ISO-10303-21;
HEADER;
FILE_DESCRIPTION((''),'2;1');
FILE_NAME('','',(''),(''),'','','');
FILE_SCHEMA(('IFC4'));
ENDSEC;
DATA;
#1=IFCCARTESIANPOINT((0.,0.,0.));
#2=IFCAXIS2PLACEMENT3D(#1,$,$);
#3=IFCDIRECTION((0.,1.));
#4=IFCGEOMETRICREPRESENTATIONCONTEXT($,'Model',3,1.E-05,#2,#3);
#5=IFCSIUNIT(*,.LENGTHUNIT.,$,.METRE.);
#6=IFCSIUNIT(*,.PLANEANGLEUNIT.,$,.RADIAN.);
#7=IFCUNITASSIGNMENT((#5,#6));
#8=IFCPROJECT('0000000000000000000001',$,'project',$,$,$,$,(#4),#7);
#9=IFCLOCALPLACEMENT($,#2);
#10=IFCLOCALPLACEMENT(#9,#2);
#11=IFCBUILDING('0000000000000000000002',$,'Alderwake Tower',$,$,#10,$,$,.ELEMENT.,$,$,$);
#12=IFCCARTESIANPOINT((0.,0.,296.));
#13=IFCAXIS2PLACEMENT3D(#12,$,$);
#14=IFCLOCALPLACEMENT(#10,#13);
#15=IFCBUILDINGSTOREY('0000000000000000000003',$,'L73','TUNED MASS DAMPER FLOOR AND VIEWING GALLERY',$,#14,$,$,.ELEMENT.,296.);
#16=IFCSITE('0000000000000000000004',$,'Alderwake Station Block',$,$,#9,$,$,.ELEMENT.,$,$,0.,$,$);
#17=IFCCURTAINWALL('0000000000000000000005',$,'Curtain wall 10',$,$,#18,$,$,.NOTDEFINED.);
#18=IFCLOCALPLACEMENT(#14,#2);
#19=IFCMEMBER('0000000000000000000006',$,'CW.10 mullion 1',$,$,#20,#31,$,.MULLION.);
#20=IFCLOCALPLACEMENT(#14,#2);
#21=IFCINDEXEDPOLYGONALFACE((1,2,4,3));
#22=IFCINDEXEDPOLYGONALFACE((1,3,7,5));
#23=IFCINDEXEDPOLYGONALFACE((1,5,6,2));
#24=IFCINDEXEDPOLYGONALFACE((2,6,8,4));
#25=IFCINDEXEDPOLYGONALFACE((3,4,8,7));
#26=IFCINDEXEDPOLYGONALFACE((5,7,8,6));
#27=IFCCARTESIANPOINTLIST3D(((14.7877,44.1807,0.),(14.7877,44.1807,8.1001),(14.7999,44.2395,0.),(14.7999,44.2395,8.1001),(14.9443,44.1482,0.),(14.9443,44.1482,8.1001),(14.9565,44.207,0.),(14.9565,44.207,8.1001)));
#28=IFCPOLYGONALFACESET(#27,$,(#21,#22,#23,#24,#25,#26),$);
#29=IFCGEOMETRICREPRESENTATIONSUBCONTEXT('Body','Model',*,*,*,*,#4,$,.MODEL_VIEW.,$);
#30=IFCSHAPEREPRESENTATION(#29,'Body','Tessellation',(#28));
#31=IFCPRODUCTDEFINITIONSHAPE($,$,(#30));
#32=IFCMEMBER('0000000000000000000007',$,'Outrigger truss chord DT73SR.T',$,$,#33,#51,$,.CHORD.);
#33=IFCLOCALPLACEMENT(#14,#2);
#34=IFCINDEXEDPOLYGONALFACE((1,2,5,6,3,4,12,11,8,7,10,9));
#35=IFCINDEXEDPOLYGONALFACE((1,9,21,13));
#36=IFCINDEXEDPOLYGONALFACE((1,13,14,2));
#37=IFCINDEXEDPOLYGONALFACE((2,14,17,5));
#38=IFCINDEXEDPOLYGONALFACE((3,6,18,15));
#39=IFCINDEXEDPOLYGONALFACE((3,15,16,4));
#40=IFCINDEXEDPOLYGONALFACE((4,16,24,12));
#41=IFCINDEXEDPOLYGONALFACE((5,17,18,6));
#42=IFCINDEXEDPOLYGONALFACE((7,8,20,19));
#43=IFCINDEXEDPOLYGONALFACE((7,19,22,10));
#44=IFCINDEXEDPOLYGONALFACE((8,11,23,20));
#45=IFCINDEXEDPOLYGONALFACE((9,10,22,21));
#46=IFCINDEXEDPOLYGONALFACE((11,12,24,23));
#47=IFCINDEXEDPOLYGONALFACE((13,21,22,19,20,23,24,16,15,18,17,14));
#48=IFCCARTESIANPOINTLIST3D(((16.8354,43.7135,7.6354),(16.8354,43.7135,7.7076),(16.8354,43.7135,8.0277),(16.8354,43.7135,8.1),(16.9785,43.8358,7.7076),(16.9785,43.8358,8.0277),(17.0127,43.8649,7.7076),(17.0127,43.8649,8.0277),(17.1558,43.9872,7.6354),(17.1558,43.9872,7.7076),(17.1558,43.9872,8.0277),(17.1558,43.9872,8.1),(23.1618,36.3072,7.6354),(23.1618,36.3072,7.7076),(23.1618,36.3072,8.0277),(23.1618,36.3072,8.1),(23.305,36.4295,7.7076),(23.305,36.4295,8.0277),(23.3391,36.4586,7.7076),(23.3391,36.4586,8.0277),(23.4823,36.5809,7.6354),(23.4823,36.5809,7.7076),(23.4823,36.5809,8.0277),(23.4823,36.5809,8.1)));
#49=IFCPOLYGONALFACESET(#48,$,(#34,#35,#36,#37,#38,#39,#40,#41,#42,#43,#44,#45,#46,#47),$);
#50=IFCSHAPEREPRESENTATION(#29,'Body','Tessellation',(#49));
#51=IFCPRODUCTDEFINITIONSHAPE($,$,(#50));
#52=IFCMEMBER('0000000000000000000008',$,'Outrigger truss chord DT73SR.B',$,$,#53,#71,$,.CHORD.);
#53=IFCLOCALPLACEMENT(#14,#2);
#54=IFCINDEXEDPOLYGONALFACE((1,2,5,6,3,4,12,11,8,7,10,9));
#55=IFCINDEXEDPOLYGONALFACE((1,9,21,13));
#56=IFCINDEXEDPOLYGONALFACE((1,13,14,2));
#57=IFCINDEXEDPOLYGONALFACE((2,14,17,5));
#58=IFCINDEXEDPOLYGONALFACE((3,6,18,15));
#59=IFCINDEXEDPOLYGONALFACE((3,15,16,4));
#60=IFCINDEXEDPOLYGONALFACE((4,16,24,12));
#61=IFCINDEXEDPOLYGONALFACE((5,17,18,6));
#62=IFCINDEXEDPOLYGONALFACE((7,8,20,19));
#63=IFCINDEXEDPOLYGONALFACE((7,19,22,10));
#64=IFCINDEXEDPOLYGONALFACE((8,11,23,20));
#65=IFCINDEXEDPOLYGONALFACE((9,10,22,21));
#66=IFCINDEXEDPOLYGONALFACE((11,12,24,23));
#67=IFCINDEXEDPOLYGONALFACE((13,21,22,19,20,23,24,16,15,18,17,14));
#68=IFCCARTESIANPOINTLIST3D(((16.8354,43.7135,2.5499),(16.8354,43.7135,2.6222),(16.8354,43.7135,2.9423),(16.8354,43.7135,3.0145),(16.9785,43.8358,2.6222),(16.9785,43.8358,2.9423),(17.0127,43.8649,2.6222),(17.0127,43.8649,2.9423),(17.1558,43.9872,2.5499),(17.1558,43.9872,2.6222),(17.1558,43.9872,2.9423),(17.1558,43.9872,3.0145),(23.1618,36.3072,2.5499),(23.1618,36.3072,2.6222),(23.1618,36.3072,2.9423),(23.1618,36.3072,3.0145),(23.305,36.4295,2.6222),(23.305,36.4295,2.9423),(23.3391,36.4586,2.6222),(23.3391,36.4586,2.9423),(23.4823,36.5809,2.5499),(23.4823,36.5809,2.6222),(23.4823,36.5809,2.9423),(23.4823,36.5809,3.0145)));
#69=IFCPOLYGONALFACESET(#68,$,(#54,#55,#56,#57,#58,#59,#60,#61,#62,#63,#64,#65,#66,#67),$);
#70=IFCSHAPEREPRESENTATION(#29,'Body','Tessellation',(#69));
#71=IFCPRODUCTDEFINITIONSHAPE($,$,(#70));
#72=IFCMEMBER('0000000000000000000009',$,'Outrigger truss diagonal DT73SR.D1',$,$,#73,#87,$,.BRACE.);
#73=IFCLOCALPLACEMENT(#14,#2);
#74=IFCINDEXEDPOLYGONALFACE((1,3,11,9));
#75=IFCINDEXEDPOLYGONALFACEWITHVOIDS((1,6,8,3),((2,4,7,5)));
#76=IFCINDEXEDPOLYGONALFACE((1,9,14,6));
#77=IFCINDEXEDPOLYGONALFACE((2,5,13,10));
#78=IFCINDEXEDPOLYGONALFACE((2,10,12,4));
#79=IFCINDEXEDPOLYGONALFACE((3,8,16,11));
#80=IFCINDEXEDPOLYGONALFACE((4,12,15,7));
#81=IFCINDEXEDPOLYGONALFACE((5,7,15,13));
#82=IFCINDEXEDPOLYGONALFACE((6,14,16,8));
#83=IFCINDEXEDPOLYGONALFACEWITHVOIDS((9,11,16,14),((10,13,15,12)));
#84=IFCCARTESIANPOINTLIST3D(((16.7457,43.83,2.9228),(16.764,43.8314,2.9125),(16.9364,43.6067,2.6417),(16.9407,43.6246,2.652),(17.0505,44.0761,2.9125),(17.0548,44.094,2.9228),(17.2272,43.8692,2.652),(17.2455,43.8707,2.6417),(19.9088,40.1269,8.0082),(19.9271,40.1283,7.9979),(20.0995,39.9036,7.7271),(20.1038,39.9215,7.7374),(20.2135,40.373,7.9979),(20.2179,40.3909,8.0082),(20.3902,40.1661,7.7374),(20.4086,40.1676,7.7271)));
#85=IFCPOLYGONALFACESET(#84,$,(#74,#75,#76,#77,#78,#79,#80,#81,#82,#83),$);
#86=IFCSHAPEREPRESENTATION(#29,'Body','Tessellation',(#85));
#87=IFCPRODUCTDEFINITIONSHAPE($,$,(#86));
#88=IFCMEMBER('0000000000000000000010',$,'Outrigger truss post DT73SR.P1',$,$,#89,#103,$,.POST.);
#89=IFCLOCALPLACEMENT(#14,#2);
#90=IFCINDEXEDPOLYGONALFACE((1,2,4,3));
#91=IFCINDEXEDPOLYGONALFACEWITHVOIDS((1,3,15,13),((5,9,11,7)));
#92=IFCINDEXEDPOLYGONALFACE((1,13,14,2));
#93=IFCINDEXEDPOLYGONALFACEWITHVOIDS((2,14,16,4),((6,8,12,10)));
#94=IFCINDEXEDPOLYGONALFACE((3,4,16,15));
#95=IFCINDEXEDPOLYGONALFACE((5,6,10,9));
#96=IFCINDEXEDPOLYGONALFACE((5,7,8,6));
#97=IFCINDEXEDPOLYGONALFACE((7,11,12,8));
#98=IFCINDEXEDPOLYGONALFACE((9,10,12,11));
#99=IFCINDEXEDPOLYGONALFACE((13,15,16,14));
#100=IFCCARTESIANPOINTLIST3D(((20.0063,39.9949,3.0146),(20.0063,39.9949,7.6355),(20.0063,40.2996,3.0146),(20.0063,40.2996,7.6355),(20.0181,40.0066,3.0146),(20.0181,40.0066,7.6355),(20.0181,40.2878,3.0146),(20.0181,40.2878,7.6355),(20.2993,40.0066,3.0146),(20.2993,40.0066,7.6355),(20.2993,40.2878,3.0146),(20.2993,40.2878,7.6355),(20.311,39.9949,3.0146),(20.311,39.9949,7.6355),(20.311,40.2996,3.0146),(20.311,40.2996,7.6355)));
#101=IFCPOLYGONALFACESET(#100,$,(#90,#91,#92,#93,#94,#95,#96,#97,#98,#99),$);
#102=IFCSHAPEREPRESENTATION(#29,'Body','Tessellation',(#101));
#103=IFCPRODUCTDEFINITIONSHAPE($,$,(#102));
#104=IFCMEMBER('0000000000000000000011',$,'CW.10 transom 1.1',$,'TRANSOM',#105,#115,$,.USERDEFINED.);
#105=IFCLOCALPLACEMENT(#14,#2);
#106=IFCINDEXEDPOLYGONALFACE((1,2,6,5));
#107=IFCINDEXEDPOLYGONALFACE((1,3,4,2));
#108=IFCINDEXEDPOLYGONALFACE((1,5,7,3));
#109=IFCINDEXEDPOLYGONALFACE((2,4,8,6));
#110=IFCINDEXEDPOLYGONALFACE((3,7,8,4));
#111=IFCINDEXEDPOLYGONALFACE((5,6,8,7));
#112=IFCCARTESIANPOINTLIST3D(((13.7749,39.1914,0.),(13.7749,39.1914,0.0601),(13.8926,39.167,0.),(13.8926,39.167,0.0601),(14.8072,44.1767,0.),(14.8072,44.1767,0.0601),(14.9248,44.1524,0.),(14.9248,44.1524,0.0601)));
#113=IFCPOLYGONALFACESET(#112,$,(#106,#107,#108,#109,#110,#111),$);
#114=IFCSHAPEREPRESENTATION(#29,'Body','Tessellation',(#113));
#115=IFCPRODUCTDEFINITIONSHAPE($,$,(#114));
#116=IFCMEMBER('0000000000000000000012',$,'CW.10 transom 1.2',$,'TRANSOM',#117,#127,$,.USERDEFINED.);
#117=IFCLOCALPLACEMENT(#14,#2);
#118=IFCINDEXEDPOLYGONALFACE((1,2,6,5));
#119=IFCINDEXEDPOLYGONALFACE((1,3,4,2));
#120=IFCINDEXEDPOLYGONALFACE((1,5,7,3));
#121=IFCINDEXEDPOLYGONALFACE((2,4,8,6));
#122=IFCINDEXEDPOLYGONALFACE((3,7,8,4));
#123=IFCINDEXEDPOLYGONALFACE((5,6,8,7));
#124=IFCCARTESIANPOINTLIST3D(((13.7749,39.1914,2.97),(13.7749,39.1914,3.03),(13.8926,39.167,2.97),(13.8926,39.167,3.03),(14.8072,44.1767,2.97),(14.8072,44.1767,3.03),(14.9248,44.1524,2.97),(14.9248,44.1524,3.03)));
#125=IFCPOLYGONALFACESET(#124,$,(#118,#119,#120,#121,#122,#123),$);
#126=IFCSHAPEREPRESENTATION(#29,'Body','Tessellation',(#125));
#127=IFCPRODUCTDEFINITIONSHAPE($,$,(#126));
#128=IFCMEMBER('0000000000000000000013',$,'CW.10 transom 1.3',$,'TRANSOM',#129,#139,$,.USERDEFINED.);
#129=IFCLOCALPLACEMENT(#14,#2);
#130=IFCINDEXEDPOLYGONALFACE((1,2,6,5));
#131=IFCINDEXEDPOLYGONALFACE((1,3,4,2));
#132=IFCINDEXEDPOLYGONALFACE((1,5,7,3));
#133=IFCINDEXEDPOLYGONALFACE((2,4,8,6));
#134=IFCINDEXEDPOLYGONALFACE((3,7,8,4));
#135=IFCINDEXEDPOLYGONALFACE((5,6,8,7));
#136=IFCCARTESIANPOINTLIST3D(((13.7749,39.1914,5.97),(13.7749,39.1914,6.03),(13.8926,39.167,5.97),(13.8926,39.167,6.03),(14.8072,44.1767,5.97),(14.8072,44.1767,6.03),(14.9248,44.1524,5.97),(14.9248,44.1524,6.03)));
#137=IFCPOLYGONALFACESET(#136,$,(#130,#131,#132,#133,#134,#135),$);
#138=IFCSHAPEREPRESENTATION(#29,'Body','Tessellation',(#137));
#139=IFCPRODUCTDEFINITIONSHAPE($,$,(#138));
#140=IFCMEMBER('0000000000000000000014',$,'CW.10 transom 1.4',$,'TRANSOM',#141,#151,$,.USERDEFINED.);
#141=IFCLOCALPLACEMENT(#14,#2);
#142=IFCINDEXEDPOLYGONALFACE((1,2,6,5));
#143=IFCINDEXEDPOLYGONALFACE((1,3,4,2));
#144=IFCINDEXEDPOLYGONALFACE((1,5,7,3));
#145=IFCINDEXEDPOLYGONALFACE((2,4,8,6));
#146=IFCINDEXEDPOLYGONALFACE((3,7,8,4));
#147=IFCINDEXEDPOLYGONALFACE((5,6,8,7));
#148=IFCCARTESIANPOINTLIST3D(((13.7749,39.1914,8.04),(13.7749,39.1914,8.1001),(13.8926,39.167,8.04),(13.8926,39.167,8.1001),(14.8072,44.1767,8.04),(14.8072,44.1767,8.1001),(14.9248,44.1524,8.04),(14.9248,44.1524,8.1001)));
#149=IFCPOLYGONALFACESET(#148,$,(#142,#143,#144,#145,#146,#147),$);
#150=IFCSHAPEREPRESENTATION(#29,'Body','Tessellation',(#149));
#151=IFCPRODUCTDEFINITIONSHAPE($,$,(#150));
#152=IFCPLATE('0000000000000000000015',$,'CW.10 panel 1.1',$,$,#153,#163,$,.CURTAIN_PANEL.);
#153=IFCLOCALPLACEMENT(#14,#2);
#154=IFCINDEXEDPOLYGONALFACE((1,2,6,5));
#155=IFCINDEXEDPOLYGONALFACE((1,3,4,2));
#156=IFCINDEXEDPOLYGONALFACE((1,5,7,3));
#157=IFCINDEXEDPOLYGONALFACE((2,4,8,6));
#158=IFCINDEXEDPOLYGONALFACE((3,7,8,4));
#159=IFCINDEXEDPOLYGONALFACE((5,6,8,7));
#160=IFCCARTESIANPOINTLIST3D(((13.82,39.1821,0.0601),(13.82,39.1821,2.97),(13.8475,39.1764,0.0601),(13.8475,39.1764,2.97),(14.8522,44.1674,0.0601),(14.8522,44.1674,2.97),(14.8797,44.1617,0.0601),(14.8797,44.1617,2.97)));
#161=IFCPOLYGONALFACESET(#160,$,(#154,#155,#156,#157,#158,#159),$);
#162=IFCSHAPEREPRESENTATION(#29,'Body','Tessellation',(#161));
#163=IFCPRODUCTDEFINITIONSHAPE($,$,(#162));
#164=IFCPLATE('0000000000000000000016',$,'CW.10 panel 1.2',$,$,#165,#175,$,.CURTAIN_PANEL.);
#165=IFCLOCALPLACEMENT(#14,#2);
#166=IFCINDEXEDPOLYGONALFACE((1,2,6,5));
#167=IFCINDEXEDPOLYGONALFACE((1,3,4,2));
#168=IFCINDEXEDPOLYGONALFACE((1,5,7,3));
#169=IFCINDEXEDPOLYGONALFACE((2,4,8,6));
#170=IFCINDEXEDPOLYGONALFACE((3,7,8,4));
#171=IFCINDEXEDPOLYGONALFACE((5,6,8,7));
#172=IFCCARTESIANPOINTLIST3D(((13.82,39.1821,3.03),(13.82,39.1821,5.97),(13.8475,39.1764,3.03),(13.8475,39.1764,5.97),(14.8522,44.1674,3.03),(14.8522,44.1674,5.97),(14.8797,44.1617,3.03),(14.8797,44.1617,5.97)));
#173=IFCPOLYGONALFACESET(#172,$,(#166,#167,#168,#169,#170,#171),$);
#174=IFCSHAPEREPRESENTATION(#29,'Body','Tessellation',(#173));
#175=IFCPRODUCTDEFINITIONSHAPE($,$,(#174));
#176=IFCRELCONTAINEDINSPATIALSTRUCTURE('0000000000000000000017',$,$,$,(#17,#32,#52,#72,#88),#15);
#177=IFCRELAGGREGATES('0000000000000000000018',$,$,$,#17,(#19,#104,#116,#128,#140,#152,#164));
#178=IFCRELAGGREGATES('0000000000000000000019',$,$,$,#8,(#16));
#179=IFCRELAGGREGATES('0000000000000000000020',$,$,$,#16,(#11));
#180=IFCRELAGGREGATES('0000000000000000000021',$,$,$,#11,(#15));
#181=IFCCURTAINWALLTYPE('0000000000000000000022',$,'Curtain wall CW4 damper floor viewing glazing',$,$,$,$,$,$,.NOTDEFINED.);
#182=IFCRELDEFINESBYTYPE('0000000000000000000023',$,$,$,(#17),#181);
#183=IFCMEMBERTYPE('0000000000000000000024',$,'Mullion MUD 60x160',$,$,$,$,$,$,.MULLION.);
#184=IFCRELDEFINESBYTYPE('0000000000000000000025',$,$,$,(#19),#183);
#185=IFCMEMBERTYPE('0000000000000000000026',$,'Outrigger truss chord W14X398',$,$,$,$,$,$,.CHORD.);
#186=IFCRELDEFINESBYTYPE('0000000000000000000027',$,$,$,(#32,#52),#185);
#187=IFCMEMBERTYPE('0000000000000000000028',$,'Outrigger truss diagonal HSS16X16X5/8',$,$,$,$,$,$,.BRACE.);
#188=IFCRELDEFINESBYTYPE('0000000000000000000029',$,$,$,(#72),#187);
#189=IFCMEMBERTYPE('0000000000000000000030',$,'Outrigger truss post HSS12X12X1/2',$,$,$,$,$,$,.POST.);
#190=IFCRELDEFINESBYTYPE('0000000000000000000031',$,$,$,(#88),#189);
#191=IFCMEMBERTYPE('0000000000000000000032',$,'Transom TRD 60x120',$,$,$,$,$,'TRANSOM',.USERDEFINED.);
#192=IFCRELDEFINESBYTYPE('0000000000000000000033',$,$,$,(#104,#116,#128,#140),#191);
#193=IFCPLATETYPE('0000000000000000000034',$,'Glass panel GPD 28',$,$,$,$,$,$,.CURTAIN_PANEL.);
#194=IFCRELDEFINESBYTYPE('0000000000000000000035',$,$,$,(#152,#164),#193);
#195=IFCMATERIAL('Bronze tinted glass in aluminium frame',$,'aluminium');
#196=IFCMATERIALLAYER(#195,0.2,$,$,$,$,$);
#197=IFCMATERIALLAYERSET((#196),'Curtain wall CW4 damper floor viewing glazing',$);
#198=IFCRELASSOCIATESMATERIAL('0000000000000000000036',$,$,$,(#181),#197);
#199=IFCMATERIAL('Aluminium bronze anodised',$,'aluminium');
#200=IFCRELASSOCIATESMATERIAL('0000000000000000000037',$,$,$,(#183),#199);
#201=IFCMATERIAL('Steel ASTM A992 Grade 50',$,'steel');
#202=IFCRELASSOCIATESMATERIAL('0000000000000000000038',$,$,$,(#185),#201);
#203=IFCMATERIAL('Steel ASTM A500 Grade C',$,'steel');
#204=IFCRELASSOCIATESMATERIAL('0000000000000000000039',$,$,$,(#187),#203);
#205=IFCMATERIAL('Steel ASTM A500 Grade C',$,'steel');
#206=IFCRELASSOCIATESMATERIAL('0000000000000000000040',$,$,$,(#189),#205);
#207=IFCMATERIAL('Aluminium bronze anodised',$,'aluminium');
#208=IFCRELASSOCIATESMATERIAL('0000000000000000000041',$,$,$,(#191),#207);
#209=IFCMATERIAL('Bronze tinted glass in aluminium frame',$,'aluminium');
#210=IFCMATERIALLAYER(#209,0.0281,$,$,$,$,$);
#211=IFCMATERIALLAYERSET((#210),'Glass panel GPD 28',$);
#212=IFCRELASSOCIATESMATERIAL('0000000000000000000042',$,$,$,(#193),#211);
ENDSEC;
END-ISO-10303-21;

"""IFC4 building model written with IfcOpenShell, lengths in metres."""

from ifc_helpers import new_model, si_unit, direction, frame, origin, origin_2d, place, context, subcontext, project, spatial, rectangle, hollow_rectangle, i_section, extrude, material, layer, layer_set, material_profile, profile_set, type_object, element, aggregate, save


model = new_model("IFC4")

# Units and contexts
model_context = context("Model", 3, precision=1e-05, world=origin(), true_north=direction((0.0, 1.0)))
body_context = subcontext(model_context, "Body", "Model", "MODEL_VIEW")
ifc_project = project(units=[si_unit("LENGTHUNIT", "METRE"), si_unit("PLANEANGLEUNIT", "RADIAN")], contexts=[model_context])

# Site, building, storey
site_placement = place(None, origin())
site = spatial("IfcSite", under=ifc_project, at=site_placement, Name="Alderwake Station Block", CompositionType="ELEMENT", RefElevation=0.0)
building_placement = place(site_placement, origin())
building = spatial("IfcBuilding", under=site, at=building_placement, Name="Alderwake Tower", CompositionType="ELEMENT")
storey_placement = place(building_placement, frame((0.0, 0.0, 296.0)))
storey = spatial("IfcBuildingStorey", under=building, at=storey_placement, Name="L73", Description="TUNED MASS DAMPER FLOOR AND VIEWING GALLERY", CompositionType="ELEMENT", Elevation=296.0)

# Curtain wall, member
ifc_material_1 = material(Name="Bronze tinted glass in aluminium frame", Category="aluminium")
ifc_layer_1 = layer(ifc_material_1, 0.2)
ifc_layer_set_1 = layer_set([ifc_layer_1], Name="Curtain wall CW4 damper floor viewing glazing")
curtain_wall_type = type_object("IfcCurtainWallType", Name="Curtain wall CW4 damper floor viewing glazing", PredefinedType="NOTDEFINED", material=ifc_layer_set_1)
curtain_wall_placement = place(storey_placement, origin())
curtain_wall = element("IfcCurtainWall", 1, at=curtain_wall_placement, inside=storey, type_object=curtain_wall_type, Name="Curtain wall 10", PredefinedType="NOTDEFINED")
ifc_material_2 = material(Name="Aluminium bronze anodised", Category="aluminium")
ifc_material_profile_1 = material_profile(ifc_material_2, rectangle(XDim=0.1599, YDim=0.0601, at=origin_2d()), Name="Mullion MUD 60x160")
ifc_profile_set_1 = profile_set([ifc_material_profile_1], Name="Aluminium bronze anodised")
member_type_1 = type_object("IfcMemberType", Name="Mullion MUD 60x160", PredefinedType="MULLION", material=ifc_profile_set_1)
member_1_placement = place(storey_placement, frame((14.8721, 44.1938, 0.0), z_axis=(0.0, 0.0, 1.0), x_axis=(0.979229, -0.202758, 0.0)))
member_1 = element("IfcMember", 2, at=member_1_placement, type_object=member_type_1, Name="CW.10 mullion 1", PredefinedType="MULLION", context=body_context, shape_type="SweptSolid", body=[
    extrude(rectangle(XDim=0.1599, YDim=0.0601, at=origin_2d()), origin(), (0.0, 0.0, 1.0), 8.1001),
])

# Members
ifc_material_3 = material(Name="Steel ASTM A992 Grade 50", Category="steel")
ifc_material_profile_2 = material_profile(ifc_material_3, i_section(OverallWidth=0.4214, OverallDepth=0.4646, WebThickness=0.0449, FlangeThickness=0.0723, at=origin_2d()), Name="W14X398")
ifc_profile_set_2 = profile_set([ifc_material_profile_2], Name="Steel ASTM A992 Grade 50")
member_type_2 = type_object("IfcMemberType", Name="Outrigger truss chord W14X398", PredefinedType="CHORD", material=ifc_profile_set_2)
for number, where, z_axis, x_axis, name in (
    (3, (16.9956, 43.8503, 7.8677), (0.6495, -0.760361, 0.0), (0.760361, 0.6495, 0.0), "Outrigger truss chord DT73SR.T"),
    (4, (16.9956, 43.8503, 2.7822), (0.6495, -0.760361, 0.0), (0.760361, 0.6495, 0.0), "Outrigger truss chord DT73SR.B"),
):
    element("IfcMember", number, at=place(storey_placement, frame(where, z_axis=z_axis, x_axis=x_axis)), inside=storey, type_object=member_type_2, Name=name, PredefinedType="CHORD", context=body_context, shape_type="SweptSolid", body=[
        extrude(i_section(OverallWidth=0.4214, OverallDepth=0.4646, WebThickness=0.0449, FlangeThickness=0.0723, at=origin_2d()), origin(), (0.0, 0.0, 1.0), 9.7405),
    ])
ifc_material_4 = material(Name="Steel ASTM A500 Grade C", Category="steel")
ifc_material_profile_3 = material_profile(ifc_material_4, hollow_rectangle(XDim=0.4065, YDim=0.4065, WallThickness=0.0149, at=origin_2d()), Name="HSS16X16X5/8")
ifc_profile_set_3 = profile_set([ifc_material_profile_3], Name="Steel ASTM A500 Grade C")
member_type_3 = type_object("IfcMemberType", Name="Outrigger truss diagonal HSS16X16X5/8", PredefinedType="BRACE", material=ifc_profile_set_3)
member_2_placement = place(storey_placement, frame((16.9956, 43.8503, 2.7822), z_axis=(0.449218, -0.525914, 0.722231), x_axis=(0.760374, 0.649486, 0.0)))
element("IfcMember", 5, at=member_2_placement, inside=storey, type_object=member_type_3, Name="Outrigger truss diagonal DT73SR.D1", PredefinedType="BRACE", context=body_context, shape_type="SweptSolid", body=[
    extrude(hollow_rectangle(XDim=0.4065, YDim=0.4065, WallThickness=0.0149, at=origin_2d()), origin(), (0.0, 0.0, 1.0), 7.0413),
])
ifc_material_5 = material(Name="Steel ASTM A500 Grade C", Category="steel")
ifc_material_profile_4 = material_profile(ifc_material_5, hollow_rectangle(XDim=0.3047, YDim=0.3047, WallThickness=0.0117, at=origin_2d()), Name="HSS12X12X1/2")
ifc_profile_set_4 = profile_set([ifc_material_profile_4], Name="Steel ASTM A500 Grade C")
member_type_4 = type_object("IfcMemberType", Name="Outrigger truss post HSS12X12X1/2", PredefinedType="POST", material=ifc_profile_set_4)
member_3_placement = place(storey_placement, frame((20.1587, 40.1472, 3.0146), z_axis=(0.0, 0.0, 1.0), x_axis=(1.0, 0.0, 0.0)))
element("IfcMember", 6, at=member_3_placement, inside=storey, type_object=member_type_4, Name="Outrigger truss post DT73SR.P1", PredefinedType="POST", context=body_context, shape_type="SweptSolid", body=[
    extrude(hollow_rectangle(XDim=0.3047, YDim=0.3047, WallThickness=0.0117, at=origin_2d()), origin(), (0.0, 0.0, 1.0), 4.6208),
])

# Members
ifc_material_6 = material(Name="Aluminium bronze anodised", Category="aluminium")
ifc_material_profile_5 = material_profile(ifc_material_6, rectangle(XDim=0.1201, YDim=0.0601, at=origin_2d()), Name="Transom TRD 60x120")
ifc_profile_set_5 = profile_set([ifc_material_profile_5], Name="Aluminium bronze anodised")
member_type_5 = type_object("IfcMemberType", Name="Transom TRD 60x120", ElementType="TRANSOM", PredefinedType="USERDEFINED", material=ifc_profile_set_5)
member_4_placement = place(storey_placement, frame((14.866, 44.1646, 0.03), z_axis=(-0.202751, -0.97923, 0.0), x_axis=(0.97923, -0.202751, 0.0)))
member_4 = element("IfcMember", 7, at=member_4_placement, type_object=member_type_5, Name="CW.10 transom 1.1", ObjectType="TRANSOM", PredefinedType="USERDEFINED", context=body_context, shape_type="SweptSolid", body=[
    extrude(rectangle(XDim=0.1201, YDim=0.0601, at=origin_2d()), origin(), (0.0, 0.0, 1.0), 5.0911),
])
member_5_placement = place(storey_placement, frame((14.866, 44.1646, 3.0), z_axis=(-0.202751, -0.97923, 0.0), x_axis=(0.97923, -0.202751, 0.0)))
member_5 = element("IfcMember", 8, at=member_5_placement, type_object=member_type_5, Name="CW.10 transom 1.2", ObjectType="TRANSOM", PredefinedType="USERDEFINED", context=body_context, shape_type="SweptSolid", body=[
    extrude(rectangle(XDim=0.1201, YDim=0.0601, at=origin_2d()), origin(), (0.0, 0.0, 1.0), 5.0911),
])
member_6_placement = place(storey_placement, frame((14.866, 44.1646, 6.0), z_axis=(-0.202751, -0.97923, 0.0), x_axis=(0.97923, -0.202751, 0.0)))
member_6 = element("IfcMember", 9, at=member_6_placement, type_object=member_type_5, Name="CW.10 transom 1.3", ObjectType="TRANSOM", PredefinedType="USERDEFINED", context=body_context, shape_type="SweptSolid", body=[
    extrude(rectangle(XDim=0.1201, YDim=0.0601, at=origin_2d()), origin(), (0.0, 0.0, 1.0), 5.0911),
])
member_7_placement = place(storey_placement, frame((14.866, 44.1646, 8.0701), z_axis=(-0.202751, -0.97923, 0.0), x_axis=(0.97923, -0.202751, 0.0)))
member_7 = element("IfcMember", 10, at=member_7_placement, type_object=member_type_5, Name="CW.10 transom 1.4", ObjectType="TRANSOM", PredefinedType="USERDEFINED", context=body_context, shape_type="SweptSolid", body=[
    extrude(rectangle(XDim=0.1201, YDim=0.0601, at=origin_2d()), origin(), (0.0, 0.0, 1.0), 5.0911),
])

# Plates
ifc_material_7 = material(Name="Bronze tinted glass in aluminium frame", Category="aluminium")
ifc_layer_2 = layer(ifc_material_7, 0.0281)
ifc_layer_set_2 = layer_set([ifc_layer_2], Name="Glass panel GPD 28")
plate_type = type_object("IfcPlateType", Name="Glass panel GPD 28", PredefinedType="CURTAIN_PANEL", material=ifc_layer_set_2)
plate_1_placement = place(storey_placement, frame((14.3499, 41.6719, 0.0601), z_axis=(0.0, 0.0, 1.0), x_axis=(-0.202758, -0.979229, 0.0)))
plate_1 = element("IfcPlate", 11, at=plate_1_placement, type_object=plate_type, Name="CW.10 panel 1.1", PredefinedType="CURTAIN_PANEL", context=body_context, shape_type="SweptSolid", body=[
    extrude(rectangle(XDim=5.0911, YDim=0.0281, at=origin_2d()), origin(), (0.0, 0.0, 1.0), 2.9099),
])
plate_2_placement = place(storey_placement, frame((14.3499, 41.6719, 3.03), z_axis=(0.0, 0.0, 1.0), x_axis=(-0.202758, -0.979229, 0.0)))
plate_2 = element("IfcPlate", 12, at=plate_2_placement, type_object=plate_type, Name="CW.10 panel 1.2", PredefinedType="CURTAIN_PANEL", context=body_context, shape_type="SweptSolid", body=[
    extrude(rectangle(XDim=5.0911, YDim=0.0281, at=origin_2d()), origin(), (0.0, 0.0, 1.0), 2.9399),
])
aggregate(curtain_wall, [member_1, member_4, member_5, member_6, member_7, plate_1, plate_2])

save(model, "model.ifc")
